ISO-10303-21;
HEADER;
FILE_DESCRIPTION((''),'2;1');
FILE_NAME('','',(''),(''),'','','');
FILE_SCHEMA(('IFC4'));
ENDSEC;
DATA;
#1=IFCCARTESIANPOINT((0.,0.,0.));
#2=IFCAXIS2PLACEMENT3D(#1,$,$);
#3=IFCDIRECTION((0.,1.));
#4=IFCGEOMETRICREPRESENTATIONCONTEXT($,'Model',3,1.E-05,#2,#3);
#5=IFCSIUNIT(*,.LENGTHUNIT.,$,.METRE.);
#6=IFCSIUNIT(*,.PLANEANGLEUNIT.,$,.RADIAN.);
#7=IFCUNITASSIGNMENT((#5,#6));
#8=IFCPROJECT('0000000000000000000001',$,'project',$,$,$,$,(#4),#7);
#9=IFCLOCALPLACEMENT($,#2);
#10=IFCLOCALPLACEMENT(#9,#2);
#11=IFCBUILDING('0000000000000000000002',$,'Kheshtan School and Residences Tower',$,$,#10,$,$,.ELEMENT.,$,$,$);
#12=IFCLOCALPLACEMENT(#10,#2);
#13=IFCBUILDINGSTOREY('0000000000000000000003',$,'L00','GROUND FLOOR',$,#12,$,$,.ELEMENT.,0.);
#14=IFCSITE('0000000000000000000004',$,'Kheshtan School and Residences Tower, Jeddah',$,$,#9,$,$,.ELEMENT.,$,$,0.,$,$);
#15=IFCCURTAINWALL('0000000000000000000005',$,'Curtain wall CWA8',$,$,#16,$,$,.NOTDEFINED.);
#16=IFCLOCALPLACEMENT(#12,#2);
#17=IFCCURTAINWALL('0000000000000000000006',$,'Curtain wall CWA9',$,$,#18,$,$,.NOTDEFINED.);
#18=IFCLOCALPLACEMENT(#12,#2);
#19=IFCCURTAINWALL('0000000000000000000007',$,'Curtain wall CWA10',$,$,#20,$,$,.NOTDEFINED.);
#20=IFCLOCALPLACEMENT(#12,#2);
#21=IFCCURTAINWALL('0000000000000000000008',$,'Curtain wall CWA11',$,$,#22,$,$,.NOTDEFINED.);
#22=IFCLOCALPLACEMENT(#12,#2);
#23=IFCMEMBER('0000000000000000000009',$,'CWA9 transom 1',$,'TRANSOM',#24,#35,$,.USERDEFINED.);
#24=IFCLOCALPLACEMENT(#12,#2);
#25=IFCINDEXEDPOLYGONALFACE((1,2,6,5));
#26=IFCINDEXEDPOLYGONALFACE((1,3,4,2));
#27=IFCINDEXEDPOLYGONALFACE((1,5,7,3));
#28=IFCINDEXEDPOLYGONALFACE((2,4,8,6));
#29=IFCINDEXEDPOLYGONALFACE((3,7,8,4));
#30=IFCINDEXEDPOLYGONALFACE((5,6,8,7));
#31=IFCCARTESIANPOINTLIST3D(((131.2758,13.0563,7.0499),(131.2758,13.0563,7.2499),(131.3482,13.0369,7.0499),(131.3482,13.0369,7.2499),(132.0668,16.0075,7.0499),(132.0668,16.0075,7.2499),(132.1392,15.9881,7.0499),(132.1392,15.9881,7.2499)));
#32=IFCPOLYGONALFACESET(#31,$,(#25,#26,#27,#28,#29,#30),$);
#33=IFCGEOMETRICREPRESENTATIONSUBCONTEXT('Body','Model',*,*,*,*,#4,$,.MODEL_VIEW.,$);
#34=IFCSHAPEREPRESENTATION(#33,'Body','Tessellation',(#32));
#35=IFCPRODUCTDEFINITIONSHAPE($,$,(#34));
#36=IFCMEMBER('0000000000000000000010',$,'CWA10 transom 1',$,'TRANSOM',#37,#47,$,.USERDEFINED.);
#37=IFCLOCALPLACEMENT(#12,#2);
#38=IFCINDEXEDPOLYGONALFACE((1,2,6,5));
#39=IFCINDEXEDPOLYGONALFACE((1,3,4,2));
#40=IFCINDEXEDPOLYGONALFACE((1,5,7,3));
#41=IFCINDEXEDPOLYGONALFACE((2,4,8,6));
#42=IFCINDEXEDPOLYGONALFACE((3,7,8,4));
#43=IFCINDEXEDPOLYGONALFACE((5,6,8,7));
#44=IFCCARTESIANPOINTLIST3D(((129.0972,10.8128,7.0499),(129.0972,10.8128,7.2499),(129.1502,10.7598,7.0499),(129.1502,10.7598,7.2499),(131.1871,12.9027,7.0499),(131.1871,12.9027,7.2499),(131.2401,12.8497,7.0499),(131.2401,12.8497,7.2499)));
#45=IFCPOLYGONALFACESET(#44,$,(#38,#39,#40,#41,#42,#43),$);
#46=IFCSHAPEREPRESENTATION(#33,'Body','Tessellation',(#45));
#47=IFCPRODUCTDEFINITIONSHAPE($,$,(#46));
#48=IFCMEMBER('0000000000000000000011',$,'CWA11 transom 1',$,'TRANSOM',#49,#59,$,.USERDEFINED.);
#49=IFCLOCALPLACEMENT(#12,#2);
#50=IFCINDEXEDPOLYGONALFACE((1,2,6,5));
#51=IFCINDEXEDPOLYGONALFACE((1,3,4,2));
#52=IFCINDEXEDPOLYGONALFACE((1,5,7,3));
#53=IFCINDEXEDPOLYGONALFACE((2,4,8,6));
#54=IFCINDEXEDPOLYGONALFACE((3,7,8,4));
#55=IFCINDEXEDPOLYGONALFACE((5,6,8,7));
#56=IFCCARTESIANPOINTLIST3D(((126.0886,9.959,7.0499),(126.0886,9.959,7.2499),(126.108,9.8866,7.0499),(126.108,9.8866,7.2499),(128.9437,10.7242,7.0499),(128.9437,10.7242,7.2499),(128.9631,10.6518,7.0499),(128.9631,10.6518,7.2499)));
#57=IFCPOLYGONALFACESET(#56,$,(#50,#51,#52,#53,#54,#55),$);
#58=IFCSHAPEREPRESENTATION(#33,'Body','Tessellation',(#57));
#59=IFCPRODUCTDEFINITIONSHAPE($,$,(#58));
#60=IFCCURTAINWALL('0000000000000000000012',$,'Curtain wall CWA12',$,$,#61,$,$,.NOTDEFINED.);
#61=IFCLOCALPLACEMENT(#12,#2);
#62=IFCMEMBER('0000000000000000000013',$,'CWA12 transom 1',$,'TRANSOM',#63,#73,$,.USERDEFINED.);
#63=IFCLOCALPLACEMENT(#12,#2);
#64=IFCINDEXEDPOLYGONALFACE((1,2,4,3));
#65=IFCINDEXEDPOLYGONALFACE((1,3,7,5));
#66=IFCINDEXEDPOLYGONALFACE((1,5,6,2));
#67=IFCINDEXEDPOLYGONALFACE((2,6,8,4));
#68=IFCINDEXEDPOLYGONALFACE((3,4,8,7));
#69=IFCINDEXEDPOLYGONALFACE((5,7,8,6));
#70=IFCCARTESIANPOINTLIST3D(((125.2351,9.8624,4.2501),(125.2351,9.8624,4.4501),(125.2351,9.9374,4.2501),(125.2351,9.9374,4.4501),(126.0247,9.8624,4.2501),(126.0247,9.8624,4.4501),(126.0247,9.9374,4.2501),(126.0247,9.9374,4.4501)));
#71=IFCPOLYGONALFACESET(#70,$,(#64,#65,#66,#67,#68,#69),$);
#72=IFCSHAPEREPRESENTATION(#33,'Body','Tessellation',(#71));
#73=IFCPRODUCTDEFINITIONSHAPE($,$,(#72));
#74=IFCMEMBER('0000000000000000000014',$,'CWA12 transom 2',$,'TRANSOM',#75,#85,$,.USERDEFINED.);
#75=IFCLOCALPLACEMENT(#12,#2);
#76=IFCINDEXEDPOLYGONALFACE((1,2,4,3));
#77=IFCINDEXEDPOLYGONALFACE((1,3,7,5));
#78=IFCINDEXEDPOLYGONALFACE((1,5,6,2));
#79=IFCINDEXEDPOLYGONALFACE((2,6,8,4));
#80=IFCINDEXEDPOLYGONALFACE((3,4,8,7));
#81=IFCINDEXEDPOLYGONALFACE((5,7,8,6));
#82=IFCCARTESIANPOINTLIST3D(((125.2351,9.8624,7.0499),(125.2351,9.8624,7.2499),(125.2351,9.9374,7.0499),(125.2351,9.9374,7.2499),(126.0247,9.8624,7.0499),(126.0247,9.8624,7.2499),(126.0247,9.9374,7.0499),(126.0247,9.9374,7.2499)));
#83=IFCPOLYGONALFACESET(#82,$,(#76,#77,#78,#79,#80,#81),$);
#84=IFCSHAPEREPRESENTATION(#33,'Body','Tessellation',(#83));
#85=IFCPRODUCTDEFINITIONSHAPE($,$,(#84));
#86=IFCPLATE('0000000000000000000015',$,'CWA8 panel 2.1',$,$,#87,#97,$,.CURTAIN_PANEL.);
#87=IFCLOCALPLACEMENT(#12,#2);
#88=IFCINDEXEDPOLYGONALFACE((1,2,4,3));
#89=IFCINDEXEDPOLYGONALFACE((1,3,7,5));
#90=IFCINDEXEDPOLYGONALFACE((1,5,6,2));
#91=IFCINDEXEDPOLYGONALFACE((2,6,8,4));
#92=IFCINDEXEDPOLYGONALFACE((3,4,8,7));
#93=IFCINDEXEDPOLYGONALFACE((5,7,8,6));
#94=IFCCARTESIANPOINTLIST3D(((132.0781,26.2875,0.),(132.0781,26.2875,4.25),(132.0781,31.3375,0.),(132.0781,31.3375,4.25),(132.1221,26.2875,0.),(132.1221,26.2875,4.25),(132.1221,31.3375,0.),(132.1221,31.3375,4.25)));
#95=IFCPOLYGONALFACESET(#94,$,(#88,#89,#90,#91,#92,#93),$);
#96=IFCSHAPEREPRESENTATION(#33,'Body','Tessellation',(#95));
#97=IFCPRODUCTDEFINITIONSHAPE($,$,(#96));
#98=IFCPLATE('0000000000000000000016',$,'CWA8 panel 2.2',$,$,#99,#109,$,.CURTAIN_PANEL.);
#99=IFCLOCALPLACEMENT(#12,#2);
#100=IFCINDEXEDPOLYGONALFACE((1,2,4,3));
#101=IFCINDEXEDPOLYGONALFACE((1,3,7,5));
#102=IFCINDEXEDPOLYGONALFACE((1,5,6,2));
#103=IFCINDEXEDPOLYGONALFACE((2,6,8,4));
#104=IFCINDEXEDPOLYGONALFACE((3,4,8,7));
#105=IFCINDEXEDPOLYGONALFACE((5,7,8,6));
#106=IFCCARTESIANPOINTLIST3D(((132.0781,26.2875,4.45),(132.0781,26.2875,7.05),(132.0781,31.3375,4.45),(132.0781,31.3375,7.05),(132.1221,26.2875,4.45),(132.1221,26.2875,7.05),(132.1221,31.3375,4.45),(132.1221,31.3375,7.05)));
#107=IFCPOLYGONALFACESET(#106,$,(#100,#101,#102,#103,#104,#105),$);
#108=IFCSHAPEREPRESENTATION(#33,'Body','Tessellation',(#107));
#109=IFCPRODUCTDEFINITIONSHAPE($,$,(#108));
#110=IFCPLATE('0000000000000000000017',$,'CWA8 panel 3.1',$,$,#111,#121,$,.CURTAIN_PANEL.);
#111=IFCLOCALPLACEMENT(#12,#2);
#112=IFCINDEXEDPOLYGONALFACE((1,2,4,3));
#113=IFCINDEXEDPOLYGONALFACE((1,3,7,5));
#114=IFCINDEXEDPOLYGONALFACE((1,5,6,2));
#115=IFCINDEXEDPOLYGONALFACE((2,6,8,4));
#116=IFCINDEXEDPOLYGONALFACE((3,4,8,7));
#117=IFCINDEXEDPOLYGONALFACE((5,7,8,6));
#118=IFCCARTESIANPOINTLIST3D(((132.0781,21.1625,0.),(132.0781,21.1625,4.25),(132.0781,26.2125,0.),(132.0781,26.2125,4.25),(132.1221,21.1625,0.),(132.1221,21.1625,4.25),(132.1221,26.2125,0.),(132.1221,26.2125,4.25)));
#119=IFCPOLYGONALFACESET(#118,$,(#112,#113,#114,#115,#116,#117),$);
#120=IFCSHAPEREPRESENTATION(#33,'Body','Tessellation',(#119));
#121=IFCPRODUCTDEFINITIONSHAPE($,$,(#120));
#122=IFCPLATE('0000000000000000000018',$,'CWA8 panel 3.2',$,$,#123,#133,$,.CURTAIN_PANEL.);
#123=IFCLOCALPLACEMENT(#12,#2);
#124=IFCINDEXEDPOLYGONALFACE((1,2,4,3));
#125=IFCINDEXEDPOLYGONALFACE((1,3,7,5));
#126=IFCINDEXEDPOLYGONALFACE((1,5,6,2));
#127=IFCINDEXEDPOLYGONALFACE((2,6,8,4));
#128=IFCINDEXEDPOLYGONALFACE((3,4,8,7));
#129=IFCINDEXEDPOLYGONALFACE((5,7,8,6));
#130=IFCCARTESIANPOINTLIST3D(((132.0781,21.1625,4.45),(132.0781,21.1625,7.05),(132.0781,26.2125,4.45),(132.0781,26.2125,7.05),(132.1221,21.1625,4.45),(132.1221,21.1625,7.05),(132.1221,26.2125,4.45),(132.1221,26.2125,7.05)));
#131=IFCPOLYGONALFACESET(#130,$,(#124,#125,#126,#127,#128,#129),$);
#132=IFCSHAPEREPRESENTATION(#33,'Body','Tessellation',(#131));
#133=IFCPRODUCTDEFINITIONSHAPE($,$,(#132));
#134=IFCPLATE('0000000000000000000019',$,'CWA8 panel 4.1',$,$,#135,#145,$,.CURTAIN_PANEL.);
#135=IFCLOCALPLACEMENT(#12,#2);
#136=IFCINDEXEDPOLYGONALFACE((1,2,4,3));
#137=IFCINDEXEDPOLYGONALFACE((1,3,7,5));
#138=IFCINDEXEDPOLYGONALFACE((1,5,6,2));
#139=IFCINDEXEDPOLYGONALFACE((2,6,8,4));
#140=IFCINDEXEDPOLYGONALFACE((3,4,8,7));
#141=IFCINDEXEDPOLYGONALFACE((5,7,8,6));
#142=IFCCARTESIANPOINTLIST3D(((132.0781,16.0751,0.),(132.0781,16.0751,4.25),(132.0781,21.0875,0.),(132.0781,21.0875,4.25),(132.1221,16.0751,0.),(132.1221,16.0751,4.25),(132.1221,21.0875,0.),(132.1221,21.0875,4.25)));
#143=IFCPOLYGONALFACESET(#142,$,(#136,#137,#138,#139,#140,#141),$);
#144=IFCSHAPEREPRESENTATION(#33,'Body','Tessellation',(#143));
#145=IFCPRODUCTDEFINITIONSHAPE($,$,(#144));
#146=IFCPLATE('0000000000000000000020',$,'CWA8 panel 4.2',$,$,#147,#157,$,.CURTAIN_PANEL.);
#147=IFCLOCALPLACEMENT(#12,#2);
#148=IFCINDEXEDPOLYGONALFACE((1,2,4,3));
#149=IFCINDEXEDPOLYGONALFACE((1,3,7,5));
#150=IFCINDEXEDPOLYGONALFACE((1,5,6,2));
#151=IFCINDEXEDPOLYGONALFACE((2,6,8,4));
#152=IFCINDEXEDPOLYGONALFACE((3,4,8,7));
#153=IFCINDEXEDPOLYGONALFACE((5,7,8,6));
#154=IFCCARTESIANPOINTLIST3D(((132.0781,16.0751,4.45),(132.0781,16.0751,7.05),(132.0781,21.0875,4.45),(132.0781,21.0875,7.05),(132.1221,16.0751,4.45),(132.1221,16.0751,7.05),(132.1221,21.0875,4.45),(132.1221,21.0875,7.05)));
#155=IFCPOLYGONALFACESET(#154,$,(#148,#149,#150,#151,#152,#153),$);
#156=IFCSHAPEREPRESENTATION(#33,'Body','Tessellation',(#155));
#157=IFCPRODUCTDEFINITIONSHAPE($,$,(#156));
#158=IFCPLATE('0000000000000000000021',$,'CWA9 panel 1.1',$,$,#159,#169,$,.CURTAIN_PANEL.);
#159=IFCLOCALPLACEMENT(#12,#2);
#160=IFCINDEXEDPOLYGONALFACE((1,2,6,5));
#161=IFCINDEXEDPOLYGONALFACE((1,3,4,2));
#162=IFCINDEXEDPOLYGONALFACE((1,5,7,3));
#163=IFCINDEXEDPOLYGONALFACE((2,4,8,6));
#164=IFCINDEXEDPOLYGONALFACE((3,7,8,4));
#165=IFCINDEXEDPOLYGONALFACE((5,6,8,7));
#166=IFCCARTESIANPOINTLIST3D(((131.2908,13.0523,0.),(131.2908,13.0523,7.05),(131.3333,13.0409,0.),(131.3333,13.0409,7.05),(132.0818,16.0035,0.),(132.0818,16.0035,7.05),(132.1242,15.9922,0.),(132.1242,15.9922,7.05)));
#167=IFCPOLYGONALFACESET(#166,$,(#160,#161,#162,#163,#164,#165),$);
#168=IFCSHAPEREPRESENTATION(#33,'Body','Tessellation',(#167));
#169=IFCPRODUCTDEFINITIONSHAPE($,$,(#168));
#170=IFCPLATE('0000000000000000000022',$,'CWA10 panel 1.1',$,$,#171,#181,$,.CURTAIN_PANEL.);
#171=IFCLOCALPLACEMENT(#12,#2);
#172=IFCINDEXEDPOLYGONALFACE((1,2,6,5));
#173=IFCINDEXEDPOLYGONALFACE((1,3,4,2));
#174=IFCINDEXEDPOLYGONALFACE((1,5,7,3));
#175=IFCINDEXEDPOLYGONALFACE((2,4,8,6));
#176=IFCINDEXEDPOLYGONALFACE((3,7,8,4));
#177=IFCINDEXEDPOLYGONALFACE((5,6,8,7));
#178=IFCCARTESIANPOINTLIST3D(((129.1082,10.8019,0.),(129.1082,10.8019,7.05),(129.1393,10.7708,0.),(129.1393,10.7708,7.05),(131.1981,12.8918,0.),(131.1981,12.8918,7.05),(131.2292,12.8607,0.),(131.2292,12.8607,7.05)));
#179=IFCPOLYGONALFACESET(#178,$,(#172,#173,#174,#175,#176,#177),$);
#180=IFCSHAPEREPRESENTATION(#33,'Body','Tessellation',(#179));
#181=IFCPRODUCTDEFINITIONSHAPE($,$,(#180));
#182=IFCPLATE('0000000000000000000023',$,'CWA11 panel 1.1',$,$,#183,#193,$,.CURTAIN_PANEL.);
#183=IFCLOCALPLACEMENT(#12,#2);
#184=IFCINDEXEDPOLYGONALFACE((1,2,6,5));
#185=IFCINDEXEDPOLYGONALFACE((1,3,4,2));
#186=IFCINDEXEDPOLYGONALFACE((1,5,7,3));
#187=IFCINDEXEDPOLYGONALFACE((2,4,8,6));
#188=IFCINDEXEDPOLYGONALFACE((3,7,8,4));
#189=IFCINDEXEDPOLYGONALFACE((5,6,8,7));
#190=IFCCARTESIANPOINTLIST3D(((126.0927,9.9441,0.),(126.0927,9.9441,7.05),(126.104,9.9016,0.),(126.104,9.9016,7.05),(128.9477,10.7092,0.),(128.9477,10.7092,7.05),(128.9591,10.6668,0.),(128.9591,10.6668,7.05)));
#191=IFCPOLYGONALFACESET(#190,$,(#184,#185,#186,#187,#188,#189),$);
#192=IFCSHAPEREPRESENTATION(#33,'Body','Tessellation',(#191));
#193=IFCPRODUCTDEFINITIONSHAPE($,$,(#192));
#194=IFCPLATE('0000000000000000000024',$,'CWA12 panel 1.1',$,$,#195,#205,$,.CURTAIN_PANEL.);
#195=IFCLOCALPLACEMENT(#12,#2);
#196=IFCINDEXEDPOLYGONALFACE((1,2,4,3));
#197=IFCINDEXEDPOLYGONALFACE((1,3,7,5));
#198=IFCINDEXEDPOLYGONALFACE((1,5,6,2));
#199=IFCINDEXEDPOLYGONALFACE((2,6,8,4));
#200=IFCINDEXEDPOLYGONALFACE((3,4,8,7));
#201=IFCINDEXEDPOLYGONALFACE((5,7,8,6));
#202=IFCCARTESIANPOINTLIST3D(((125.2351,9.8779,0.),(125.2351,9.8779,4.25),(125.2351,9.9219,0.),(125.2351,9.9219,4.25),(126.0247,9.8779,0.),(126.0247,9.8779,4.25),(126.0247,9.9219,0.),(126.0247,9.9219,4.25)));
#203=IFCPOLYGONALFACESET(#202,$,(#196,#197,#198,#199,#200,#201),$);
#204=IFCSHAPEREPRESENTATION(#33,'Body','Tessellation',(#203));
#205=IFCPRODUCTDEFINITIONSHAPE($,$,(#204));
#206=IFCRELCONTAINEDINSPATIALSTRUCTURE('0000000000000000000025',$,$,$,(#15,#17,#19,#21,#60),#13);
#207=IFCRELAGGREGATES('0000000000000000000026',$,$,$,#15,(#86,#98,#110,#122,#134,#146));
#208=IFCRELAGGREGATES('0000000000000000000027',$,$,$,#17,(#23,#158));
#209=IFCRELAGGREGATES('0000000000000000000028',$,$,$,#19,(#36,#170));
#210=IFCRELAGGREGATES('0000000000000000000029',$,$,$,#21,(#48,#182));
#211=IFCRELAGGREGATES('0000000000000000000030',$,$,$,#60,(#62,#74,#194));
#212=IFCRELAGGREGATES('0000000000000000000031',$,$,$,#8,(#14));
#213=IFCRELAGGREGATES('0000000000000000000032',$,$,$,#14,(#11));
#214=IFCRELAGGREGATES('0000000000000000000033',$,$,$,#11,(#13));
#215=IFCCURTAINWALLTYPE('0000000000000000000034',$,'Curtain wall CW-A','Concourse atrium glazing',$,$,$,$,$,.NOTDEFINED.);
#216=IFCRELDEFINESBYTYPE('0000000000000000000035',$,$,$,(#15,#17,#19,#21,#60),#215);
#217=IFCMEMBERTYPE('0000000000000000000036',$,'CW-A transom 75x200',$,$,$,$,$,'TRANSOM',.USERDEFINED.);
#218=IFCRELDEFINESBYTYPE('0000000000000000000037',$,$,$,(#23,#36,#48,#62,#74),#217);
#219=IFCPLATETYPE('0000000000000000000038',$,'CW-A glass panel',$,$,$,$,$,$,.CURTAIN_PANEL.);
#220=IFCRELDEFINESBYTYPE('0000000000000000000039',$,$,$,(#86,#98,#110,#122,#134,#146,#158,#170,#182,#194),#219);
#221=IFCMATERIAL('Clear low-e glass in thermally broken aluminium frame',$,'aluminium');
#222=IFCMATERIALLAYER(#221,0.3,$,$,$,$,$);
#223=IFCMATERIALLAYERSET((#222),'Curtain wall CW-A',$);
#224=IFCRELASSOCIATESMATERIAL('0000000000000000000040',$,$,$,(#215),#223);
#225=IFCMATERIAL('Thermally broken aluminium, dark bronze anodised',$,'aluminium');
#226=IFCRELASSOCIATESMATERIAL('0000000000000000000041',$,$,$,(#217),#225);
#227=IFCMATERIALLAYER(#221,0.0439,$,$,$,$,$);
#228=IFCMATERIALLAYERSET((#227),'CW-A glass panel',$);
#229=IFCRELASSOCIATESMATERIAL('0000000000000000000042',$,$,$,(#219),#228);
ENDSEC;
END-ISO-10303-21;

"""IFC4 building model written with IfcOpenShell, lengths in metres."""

from ifc_helpers import new_model, si_unit, direction, frame, origin, origin_2d, place, context, subcontext, project, spatial, rectangle, extrude, material, layer, layer_set, material_profile, profile_set, type_object, element, aggregate, save


model = new_model("IFC4")

# Units and contexts
model_context = context("Model", 3, precision=1e-05, world=origin(), true_north=direction((0.0, 1.0)))
body_context = subcontext(model_context, "Body", "Model", "MODEL_VIEW")
ifc_project = project(units=[si_unit("LENGTHUNIT", "METRE"), si_unit("PLANEANGLEUNIT", "RADIAN")], contexts=[model_context])

# Site, building, storey
site_placement = place(None, origin())
site = spatial("IfcSite", under=ifc_project, at=site_placement, Name="Kheshtan School and Residences Tower, Jeddah", CompositionType="ELEMENT", RefElevation=0.0)
building_placement = place(site_placement, origin())
building = spatial("IfcBuilding", under=site, at=building_placement, Name="Kheshtan School and Residences Tower", CompositionType="ELEMENT")
storey_placement = place(building_placement, origin())
storey = spatial("IfcBuildingStorey", under=building, at=storey_placement, Name="L00", Description="GROUND FLOOR", CompositionType="ELEMENT", Elevation=0.0)

# Curtain wall
ifc_material_1 = material(Name="Clear low-e glass in thermally broken aluminium frame", Category="aluminium")
ifc_layer_1 = layer(ifc_material_1, 0.3)
ifc_layer_set_1 = layer_set([ifc_layer_1], Name="Curtain wall CW-A")
curtain_wall_type = type_object("IfcCurtainWallType", Name="Curtain wall CW-A", Description="Concourse atrium glazing", PredefinedType="NOTDEFINED", material=ifc_layer_set_1)
curtain_wall_1_placement = place(storey_placement, origin())
curtain_wall_1 = element("IfcCurtainWall", 1, at=curtain_wall_1_placement, inside=storey, type_object=curtain_wall_type, Name="Curtain wall CWA8", PredefinedType="NOTDEFINED")
ifc_material_2 = material(Name="Thermally broken aluminium, dark bronze anodised", Category="aluminium")

# Curtain wall
curtain_wall_2_placement = place(storey_placement, origin())
curtain_wall_2 = element("IfcCurtainWall", 2, at=curtain_wall_2_placement, inside=storey, type_object=curtain_wall_type, Name="Curtain wall CWA9", PredefinedType="NOTDEFINED")

# Curtain walls
curtain_wall_3_placement = place(storey_placement, origin())
curtain_wall_3 = element("IfcCurtainWall", 3, at=curtain_wall_3_placement, inside=storey, type_object=curtain_wall_type, Name="Curtain wall CWA10", PredefinedType="NOTDEFINED")
curtain_wall_4_placement = place(storey_placement, origin())
curtain_wall_4 = element("IfcCurtainWall", 4, at=curtain_wall_4_placement, inside=storey, type_object=curtain_wall_type, Name="Curtain wall CWA11", PredefinedType="NOTDEFINED")

# Members
ifc_material_profile_1 = material_profile(ifc_material_2, rectangle(XDim=0.075, YDim=0.2, at=origin_2d()), Name="CW-A transom 75x200")
ifc_profile_set_1 = profile_set([ifc_material_profile_1], Name="Thermally broken aluminium, dark bronze anodised")
member_type_1 = type_object("IfcMemberType", Name="CW-A transom 75x200", ElementType="TRANSOM", PredefinedType="USERDEFINED", material=ifc_profile_set_1)
member_1_placement = place(storey_placement, frame((132.103, 15.9978, 7.1499), z_axis=(-0.258896, -0.965905, 0.0), x_axis=(0.965905, -0.258896, 0.0)))
member_1 = element("IfcMember", 5, at=member_1_placement, type_object=member_type_1, Name="CWA9 transom 1", ObjectType="TRANSOM", PredefinedType="USERDEFINED", context=body_context, shape_type="SweptSolid", body=[
    extrude(rectangle(XDim=0.075, YDim=0.2, at=origin_2d()), origin(), (0.0, 0.0, 1.0), 3.0554),
])
member_2_placement = place(storey_placement, frame((131.2136, 12.8762, 7.1499), z_axis=(-0.707107, -0.707107, 0.0), x_axis=(0.707107, -0.707107, 0.0)))
member_2 = element("IfcMember", 6, at=member_2_placement, type_object=member_type_1, Name="CWA10 transom 1", ObjectType="TRANSOM", PredefinedType="USERDEFINED", context=body_context, shape_type="SweptSolid", body=[
    extrude(rectangle(XDim=0.075, YDim=0.2, at=origin_2d()), origin(), (0.0, 0.0, 1.0), 2.9556),
])
member_3_placement = place(storey_placement, frame((128.9534, 10.688, 7.1499), z_axis=(-0.965913, -0.258865, 0.0), x_axis=(0.258865, -0.965913, 0.0)))
member_3 = element("IfcMember", 7, at=member_3_placement, type_object=member_type_1, Name="CWA11 transom 1", ObjectType="TRANSOM", PredefinedType="USERDEFINED", context=body_context, shape_type="SweptSolid", body=[
    extrude(rectangle(XDim=0.075, YDim=0.2, at=origin_2d()), origin(), (0.0, 0.0, 1.0), 2.9558),
])

# Curtain wall, members
curtain_wall_5_placement = place(storey_placement, origin())
curtain_wall_5 = element("IfcCurtainWall", 8, at=curtain_wall_5_placement, inside=storey, type_object=curtain_wall_type, Name="Curtain wall CWA12", PredefinedType="NOTDEFINED")
member_4_placement = place(storey_placement, frame((126.0247, 9.8999, 4.3501), z_axis=(-1.0, 0.0, 0.0), x_axis=(0.0, -1.0, 0.0)))
member_4 = element("IfcMember", 9, at=member_4_placement, type_object=member_type_1, Name="CWA12 transom 1", ObjectType="TRANSOM", PredefinedType="USERDEFINED", context=body_context, shape_type="SweptSolid", body=[
    extrude(rectangle(XDim=0.075, YDim=0.2, at=origin_2d()), origin(), (0.0, 0.0, 1.0), 0.7896),
])
member_5_placement = place(storey_placement, frame((126.0247, 9.8999, 7.1499), z_axis=(-1.0, 0.0, 0.0), x_axis=(0.0, -1.0, 0.0)))
member_5 = element("IfcMember", 10, at=member_5_placement, type_object=member_type_1, Name="CWA12 transom 2", ObjectType="TRANSOM", PredefinedType="USERDEFINED", context=body_context, shape_type="SweptSolid", body=[
    extrude(rectangle(XDim=0.075, YDim=0.2, at=origin_2d()), origin(), (0.0, 0.0, 1.0), 0.7896),
])

# Plates
ifc_layer_2 = layer(ifc_material_1, 0.0439)
ifc_layer_set_2 = layer_set([ifc_layer_2], Name="CW-A glass panel")
plate_type = type_object("IfcPlateType", Name="CW-A glass panel", PredefinedType="CURTAIN_PANEL", material=ifc_layer_set_2)
plate_1_placement = place(storey_placement, frame((132.1001, 28.8125, 0.0), z_axis=(0.0, 0.0, 1.0), x_axis=(0.0, -1.0, 0.0)))
plate_1 = element("IfcPlate", 11, at=plate_1_placement, type_object=plate_type, Name="CWA8 panel 2.1", PredefinedType="CURTAIN_PANEL", context=body_context, shape_type="SweptSolid", body=[
    extrude(rectangle(XDim=5.05, YDim=0.0439, at=origin_2d()), origin(), (0.0, 0.0, 1.0), 4.25),
])
plate_2_placement = place(storey_placement, frame((132.1001, 28.8125, 4.45), z_axis=(0.0, 0.0, 1.0), x_axis=(0.0, -1.0, 0.0)))
plate_2 = element("IfcPlate", 12, at=plate_2_placement, type_object=plate_type, Name="CWA8 panel 2.2", PredefinedType="CURTAIN_PANEL", context=body_context, shape_type="SweptSolid", body=[
    extrude(rectangle(XDim=5.05, YDim=0.0439, at=origin_2d()), origin(), (0.0, 0.0, 1.0), 2.6001),
])
plate_3_placement = place(storey_placement, frame((132.1001, 23.6875, 0.0), z_axis=(0.0, 0.0, 1.0), x_axis=(0.0, -1.0, 0.0)))
plate_3 = element("IfcPlate", 13, at=plate_3_placement, type_object=plate_type, Name="CWA8 panel 3.1", PredefinedType="CURTAIN_PANEL", context=body_context, shape_type="SweptSolid", body=[
    extrude(rectangle(XDim=5.05, YDim=0.0439, at=origin_2d()), origin(), (0.0, 0.0, 1.0), 4.25),
])
plate_4_placement = place(storey_placement, frame((132.1001, 23.6875, 4.45), z_axis=(0.0, 0.0, 1.0), x_axis=(0.0, -1.0, 0.0)))
plate_4 = element("IfcPlate", 14, at=plate_4_placement, type_object=plate_type, Name="CWA8 panel 3.2", PredefinedType="CURTAIN_PANEL", context=body_context, shape_type="SweptSolid", body=[
    extrude(rectangle(XDim=5.05, YDim=0.0439, at=origin_2d()), origin(), (0.0, 0.0, 1.0), 2.6001),
])
plate_5_placement = place(storey_placement, frame((132.1001, 18.5813, 0.0), z_axis=(0.0, 0.0, 1.0), x_axis=(0.0, -1.0, 0.0)))
plate_5 = element("IfcPlate", 15, at=plate_5_placement, type_object=plate_type, Name="CWA8 panel 4.1", PredefinedType="CURTAIN_PANEL", context=body_context, shape_type="SweptSolid", body=[
    extrude(rectangle(XDim=5.0125, YDim=0.0439, at=origin_2d()), origin(), (0.0, 0.0, 1.0), 4.25),
])
plate_6_placement = place(storey_placement, frame((132.1001, 18.5813, 4.45), z_axis=(0.0, 0.0, 1.0), x_axis=(0.0, -1.0, 0.0)))
plate_6 = element("IfcPlate", 16, at=plate_6_placement, type_object=plate_type, Name="CWA8 panel 4.2", PredefinedType="CURTAIN_PANEL", context=body_context, shape_type="SweptSolid", body=[
    extrude(rectangle(XDim=5.0125, YDim=0.0439, at=origin_2d()), origin(), (0.0, 0.0, 1.0), 2.6001),
])
aggregate(curtain_wall_1, [plate_1, plate_2, plate_3, plate_4, plate_5, plate_6])
plate_7_placement = place(storey_placement, frame((131.7075, 14.5222, 0.0), z_axis=(0.0, 0.0, 1.0), x_axis=(-0.258865, -0.965914, 0.0)))
plate_7 = element("IfcPlate", 17, at=plate_7_placement, type_object=plate_type, Name="CWA9 panel 1.1", PredefinedType="CURTAIN_PANEL", context=body_context, shape_type="SweptSolid", body=[
    extrude(rectangle(XDim=3.0554, YDim=0.0439, at=origin_2d()), origin(), (0.0, 0.0, 1.0), 7.05),
])
aggregate(curtain_wall_2, [member_1, plate_7])
plate_8_placement = place(storey_placement, frame((130.1687, 11.8313, 0.0), z_axis=(0.0, 0.0, 1.0), x_axis=(-0.707107, -0.707107, 0.0)))
plate_8 = element("IfcPlate", 18, at=plate_8_placement, type_object=plate_type, Name="CWA10 panel 1.1", PredefinedType="CURTAIN_PANEL", context=body_context, shape_type="SweptSolid", body=[
    extrude(rectangle(XDim=2.9556, YDim=0.0439, at=origin_2d()), origin(), (0.0, 0.0, 1.0), 7.05),
])
aggregate(curtain_wall_3, [member_2, plate_8])
plate_9_placement = place(storey_placement, frame((127.5259, 10.3054, 0.0), z_axis=(0.0, 0.0, 1.0), x_axis=(-0.965914, -0.258865, 0.0)))
plate_9 = element("IfcPlate", 19, at=plate_9_placement, type_object=plate_type, Name="CWA11 panel 1.1", PredefinedType="CURTAIN_PANEL", context=body_context, shape_type="SweptSolid", body=[
    extrude(rectangle(XDim=2.9558, YDim=0.0439, at=origin_2d()), origin(), (0.0, 0.0, 1.0), 7.05),
])
aggregate(curtain_wall_4, [member_3, plate_9])
plate_10_placement = place(storey_placement, frame((125.6299, 9.8999, 0.0), z_axis=(0.0, 0.0, 1.0), x_axis=(-1.0, 0.0, 0.0)))
plate_10 = element("IfcPlate", 20, at=plate_10_placement, type_object=plate_type, Name="CWA12 panel 1.1", PredefinedType="CURTAIN_PANEL", context=body_context, shape_type="SweptSolid", body=[
    extrude(rectangle(XDim=0.7896, YDim=0.0439, at=origin_2d()), origin(), (0.0, 0.0, 1.0), 4.25),
])
aggregate(curtain_wall_5, [member_4, member_5, plate_10])

save(model, "model.ifc")
